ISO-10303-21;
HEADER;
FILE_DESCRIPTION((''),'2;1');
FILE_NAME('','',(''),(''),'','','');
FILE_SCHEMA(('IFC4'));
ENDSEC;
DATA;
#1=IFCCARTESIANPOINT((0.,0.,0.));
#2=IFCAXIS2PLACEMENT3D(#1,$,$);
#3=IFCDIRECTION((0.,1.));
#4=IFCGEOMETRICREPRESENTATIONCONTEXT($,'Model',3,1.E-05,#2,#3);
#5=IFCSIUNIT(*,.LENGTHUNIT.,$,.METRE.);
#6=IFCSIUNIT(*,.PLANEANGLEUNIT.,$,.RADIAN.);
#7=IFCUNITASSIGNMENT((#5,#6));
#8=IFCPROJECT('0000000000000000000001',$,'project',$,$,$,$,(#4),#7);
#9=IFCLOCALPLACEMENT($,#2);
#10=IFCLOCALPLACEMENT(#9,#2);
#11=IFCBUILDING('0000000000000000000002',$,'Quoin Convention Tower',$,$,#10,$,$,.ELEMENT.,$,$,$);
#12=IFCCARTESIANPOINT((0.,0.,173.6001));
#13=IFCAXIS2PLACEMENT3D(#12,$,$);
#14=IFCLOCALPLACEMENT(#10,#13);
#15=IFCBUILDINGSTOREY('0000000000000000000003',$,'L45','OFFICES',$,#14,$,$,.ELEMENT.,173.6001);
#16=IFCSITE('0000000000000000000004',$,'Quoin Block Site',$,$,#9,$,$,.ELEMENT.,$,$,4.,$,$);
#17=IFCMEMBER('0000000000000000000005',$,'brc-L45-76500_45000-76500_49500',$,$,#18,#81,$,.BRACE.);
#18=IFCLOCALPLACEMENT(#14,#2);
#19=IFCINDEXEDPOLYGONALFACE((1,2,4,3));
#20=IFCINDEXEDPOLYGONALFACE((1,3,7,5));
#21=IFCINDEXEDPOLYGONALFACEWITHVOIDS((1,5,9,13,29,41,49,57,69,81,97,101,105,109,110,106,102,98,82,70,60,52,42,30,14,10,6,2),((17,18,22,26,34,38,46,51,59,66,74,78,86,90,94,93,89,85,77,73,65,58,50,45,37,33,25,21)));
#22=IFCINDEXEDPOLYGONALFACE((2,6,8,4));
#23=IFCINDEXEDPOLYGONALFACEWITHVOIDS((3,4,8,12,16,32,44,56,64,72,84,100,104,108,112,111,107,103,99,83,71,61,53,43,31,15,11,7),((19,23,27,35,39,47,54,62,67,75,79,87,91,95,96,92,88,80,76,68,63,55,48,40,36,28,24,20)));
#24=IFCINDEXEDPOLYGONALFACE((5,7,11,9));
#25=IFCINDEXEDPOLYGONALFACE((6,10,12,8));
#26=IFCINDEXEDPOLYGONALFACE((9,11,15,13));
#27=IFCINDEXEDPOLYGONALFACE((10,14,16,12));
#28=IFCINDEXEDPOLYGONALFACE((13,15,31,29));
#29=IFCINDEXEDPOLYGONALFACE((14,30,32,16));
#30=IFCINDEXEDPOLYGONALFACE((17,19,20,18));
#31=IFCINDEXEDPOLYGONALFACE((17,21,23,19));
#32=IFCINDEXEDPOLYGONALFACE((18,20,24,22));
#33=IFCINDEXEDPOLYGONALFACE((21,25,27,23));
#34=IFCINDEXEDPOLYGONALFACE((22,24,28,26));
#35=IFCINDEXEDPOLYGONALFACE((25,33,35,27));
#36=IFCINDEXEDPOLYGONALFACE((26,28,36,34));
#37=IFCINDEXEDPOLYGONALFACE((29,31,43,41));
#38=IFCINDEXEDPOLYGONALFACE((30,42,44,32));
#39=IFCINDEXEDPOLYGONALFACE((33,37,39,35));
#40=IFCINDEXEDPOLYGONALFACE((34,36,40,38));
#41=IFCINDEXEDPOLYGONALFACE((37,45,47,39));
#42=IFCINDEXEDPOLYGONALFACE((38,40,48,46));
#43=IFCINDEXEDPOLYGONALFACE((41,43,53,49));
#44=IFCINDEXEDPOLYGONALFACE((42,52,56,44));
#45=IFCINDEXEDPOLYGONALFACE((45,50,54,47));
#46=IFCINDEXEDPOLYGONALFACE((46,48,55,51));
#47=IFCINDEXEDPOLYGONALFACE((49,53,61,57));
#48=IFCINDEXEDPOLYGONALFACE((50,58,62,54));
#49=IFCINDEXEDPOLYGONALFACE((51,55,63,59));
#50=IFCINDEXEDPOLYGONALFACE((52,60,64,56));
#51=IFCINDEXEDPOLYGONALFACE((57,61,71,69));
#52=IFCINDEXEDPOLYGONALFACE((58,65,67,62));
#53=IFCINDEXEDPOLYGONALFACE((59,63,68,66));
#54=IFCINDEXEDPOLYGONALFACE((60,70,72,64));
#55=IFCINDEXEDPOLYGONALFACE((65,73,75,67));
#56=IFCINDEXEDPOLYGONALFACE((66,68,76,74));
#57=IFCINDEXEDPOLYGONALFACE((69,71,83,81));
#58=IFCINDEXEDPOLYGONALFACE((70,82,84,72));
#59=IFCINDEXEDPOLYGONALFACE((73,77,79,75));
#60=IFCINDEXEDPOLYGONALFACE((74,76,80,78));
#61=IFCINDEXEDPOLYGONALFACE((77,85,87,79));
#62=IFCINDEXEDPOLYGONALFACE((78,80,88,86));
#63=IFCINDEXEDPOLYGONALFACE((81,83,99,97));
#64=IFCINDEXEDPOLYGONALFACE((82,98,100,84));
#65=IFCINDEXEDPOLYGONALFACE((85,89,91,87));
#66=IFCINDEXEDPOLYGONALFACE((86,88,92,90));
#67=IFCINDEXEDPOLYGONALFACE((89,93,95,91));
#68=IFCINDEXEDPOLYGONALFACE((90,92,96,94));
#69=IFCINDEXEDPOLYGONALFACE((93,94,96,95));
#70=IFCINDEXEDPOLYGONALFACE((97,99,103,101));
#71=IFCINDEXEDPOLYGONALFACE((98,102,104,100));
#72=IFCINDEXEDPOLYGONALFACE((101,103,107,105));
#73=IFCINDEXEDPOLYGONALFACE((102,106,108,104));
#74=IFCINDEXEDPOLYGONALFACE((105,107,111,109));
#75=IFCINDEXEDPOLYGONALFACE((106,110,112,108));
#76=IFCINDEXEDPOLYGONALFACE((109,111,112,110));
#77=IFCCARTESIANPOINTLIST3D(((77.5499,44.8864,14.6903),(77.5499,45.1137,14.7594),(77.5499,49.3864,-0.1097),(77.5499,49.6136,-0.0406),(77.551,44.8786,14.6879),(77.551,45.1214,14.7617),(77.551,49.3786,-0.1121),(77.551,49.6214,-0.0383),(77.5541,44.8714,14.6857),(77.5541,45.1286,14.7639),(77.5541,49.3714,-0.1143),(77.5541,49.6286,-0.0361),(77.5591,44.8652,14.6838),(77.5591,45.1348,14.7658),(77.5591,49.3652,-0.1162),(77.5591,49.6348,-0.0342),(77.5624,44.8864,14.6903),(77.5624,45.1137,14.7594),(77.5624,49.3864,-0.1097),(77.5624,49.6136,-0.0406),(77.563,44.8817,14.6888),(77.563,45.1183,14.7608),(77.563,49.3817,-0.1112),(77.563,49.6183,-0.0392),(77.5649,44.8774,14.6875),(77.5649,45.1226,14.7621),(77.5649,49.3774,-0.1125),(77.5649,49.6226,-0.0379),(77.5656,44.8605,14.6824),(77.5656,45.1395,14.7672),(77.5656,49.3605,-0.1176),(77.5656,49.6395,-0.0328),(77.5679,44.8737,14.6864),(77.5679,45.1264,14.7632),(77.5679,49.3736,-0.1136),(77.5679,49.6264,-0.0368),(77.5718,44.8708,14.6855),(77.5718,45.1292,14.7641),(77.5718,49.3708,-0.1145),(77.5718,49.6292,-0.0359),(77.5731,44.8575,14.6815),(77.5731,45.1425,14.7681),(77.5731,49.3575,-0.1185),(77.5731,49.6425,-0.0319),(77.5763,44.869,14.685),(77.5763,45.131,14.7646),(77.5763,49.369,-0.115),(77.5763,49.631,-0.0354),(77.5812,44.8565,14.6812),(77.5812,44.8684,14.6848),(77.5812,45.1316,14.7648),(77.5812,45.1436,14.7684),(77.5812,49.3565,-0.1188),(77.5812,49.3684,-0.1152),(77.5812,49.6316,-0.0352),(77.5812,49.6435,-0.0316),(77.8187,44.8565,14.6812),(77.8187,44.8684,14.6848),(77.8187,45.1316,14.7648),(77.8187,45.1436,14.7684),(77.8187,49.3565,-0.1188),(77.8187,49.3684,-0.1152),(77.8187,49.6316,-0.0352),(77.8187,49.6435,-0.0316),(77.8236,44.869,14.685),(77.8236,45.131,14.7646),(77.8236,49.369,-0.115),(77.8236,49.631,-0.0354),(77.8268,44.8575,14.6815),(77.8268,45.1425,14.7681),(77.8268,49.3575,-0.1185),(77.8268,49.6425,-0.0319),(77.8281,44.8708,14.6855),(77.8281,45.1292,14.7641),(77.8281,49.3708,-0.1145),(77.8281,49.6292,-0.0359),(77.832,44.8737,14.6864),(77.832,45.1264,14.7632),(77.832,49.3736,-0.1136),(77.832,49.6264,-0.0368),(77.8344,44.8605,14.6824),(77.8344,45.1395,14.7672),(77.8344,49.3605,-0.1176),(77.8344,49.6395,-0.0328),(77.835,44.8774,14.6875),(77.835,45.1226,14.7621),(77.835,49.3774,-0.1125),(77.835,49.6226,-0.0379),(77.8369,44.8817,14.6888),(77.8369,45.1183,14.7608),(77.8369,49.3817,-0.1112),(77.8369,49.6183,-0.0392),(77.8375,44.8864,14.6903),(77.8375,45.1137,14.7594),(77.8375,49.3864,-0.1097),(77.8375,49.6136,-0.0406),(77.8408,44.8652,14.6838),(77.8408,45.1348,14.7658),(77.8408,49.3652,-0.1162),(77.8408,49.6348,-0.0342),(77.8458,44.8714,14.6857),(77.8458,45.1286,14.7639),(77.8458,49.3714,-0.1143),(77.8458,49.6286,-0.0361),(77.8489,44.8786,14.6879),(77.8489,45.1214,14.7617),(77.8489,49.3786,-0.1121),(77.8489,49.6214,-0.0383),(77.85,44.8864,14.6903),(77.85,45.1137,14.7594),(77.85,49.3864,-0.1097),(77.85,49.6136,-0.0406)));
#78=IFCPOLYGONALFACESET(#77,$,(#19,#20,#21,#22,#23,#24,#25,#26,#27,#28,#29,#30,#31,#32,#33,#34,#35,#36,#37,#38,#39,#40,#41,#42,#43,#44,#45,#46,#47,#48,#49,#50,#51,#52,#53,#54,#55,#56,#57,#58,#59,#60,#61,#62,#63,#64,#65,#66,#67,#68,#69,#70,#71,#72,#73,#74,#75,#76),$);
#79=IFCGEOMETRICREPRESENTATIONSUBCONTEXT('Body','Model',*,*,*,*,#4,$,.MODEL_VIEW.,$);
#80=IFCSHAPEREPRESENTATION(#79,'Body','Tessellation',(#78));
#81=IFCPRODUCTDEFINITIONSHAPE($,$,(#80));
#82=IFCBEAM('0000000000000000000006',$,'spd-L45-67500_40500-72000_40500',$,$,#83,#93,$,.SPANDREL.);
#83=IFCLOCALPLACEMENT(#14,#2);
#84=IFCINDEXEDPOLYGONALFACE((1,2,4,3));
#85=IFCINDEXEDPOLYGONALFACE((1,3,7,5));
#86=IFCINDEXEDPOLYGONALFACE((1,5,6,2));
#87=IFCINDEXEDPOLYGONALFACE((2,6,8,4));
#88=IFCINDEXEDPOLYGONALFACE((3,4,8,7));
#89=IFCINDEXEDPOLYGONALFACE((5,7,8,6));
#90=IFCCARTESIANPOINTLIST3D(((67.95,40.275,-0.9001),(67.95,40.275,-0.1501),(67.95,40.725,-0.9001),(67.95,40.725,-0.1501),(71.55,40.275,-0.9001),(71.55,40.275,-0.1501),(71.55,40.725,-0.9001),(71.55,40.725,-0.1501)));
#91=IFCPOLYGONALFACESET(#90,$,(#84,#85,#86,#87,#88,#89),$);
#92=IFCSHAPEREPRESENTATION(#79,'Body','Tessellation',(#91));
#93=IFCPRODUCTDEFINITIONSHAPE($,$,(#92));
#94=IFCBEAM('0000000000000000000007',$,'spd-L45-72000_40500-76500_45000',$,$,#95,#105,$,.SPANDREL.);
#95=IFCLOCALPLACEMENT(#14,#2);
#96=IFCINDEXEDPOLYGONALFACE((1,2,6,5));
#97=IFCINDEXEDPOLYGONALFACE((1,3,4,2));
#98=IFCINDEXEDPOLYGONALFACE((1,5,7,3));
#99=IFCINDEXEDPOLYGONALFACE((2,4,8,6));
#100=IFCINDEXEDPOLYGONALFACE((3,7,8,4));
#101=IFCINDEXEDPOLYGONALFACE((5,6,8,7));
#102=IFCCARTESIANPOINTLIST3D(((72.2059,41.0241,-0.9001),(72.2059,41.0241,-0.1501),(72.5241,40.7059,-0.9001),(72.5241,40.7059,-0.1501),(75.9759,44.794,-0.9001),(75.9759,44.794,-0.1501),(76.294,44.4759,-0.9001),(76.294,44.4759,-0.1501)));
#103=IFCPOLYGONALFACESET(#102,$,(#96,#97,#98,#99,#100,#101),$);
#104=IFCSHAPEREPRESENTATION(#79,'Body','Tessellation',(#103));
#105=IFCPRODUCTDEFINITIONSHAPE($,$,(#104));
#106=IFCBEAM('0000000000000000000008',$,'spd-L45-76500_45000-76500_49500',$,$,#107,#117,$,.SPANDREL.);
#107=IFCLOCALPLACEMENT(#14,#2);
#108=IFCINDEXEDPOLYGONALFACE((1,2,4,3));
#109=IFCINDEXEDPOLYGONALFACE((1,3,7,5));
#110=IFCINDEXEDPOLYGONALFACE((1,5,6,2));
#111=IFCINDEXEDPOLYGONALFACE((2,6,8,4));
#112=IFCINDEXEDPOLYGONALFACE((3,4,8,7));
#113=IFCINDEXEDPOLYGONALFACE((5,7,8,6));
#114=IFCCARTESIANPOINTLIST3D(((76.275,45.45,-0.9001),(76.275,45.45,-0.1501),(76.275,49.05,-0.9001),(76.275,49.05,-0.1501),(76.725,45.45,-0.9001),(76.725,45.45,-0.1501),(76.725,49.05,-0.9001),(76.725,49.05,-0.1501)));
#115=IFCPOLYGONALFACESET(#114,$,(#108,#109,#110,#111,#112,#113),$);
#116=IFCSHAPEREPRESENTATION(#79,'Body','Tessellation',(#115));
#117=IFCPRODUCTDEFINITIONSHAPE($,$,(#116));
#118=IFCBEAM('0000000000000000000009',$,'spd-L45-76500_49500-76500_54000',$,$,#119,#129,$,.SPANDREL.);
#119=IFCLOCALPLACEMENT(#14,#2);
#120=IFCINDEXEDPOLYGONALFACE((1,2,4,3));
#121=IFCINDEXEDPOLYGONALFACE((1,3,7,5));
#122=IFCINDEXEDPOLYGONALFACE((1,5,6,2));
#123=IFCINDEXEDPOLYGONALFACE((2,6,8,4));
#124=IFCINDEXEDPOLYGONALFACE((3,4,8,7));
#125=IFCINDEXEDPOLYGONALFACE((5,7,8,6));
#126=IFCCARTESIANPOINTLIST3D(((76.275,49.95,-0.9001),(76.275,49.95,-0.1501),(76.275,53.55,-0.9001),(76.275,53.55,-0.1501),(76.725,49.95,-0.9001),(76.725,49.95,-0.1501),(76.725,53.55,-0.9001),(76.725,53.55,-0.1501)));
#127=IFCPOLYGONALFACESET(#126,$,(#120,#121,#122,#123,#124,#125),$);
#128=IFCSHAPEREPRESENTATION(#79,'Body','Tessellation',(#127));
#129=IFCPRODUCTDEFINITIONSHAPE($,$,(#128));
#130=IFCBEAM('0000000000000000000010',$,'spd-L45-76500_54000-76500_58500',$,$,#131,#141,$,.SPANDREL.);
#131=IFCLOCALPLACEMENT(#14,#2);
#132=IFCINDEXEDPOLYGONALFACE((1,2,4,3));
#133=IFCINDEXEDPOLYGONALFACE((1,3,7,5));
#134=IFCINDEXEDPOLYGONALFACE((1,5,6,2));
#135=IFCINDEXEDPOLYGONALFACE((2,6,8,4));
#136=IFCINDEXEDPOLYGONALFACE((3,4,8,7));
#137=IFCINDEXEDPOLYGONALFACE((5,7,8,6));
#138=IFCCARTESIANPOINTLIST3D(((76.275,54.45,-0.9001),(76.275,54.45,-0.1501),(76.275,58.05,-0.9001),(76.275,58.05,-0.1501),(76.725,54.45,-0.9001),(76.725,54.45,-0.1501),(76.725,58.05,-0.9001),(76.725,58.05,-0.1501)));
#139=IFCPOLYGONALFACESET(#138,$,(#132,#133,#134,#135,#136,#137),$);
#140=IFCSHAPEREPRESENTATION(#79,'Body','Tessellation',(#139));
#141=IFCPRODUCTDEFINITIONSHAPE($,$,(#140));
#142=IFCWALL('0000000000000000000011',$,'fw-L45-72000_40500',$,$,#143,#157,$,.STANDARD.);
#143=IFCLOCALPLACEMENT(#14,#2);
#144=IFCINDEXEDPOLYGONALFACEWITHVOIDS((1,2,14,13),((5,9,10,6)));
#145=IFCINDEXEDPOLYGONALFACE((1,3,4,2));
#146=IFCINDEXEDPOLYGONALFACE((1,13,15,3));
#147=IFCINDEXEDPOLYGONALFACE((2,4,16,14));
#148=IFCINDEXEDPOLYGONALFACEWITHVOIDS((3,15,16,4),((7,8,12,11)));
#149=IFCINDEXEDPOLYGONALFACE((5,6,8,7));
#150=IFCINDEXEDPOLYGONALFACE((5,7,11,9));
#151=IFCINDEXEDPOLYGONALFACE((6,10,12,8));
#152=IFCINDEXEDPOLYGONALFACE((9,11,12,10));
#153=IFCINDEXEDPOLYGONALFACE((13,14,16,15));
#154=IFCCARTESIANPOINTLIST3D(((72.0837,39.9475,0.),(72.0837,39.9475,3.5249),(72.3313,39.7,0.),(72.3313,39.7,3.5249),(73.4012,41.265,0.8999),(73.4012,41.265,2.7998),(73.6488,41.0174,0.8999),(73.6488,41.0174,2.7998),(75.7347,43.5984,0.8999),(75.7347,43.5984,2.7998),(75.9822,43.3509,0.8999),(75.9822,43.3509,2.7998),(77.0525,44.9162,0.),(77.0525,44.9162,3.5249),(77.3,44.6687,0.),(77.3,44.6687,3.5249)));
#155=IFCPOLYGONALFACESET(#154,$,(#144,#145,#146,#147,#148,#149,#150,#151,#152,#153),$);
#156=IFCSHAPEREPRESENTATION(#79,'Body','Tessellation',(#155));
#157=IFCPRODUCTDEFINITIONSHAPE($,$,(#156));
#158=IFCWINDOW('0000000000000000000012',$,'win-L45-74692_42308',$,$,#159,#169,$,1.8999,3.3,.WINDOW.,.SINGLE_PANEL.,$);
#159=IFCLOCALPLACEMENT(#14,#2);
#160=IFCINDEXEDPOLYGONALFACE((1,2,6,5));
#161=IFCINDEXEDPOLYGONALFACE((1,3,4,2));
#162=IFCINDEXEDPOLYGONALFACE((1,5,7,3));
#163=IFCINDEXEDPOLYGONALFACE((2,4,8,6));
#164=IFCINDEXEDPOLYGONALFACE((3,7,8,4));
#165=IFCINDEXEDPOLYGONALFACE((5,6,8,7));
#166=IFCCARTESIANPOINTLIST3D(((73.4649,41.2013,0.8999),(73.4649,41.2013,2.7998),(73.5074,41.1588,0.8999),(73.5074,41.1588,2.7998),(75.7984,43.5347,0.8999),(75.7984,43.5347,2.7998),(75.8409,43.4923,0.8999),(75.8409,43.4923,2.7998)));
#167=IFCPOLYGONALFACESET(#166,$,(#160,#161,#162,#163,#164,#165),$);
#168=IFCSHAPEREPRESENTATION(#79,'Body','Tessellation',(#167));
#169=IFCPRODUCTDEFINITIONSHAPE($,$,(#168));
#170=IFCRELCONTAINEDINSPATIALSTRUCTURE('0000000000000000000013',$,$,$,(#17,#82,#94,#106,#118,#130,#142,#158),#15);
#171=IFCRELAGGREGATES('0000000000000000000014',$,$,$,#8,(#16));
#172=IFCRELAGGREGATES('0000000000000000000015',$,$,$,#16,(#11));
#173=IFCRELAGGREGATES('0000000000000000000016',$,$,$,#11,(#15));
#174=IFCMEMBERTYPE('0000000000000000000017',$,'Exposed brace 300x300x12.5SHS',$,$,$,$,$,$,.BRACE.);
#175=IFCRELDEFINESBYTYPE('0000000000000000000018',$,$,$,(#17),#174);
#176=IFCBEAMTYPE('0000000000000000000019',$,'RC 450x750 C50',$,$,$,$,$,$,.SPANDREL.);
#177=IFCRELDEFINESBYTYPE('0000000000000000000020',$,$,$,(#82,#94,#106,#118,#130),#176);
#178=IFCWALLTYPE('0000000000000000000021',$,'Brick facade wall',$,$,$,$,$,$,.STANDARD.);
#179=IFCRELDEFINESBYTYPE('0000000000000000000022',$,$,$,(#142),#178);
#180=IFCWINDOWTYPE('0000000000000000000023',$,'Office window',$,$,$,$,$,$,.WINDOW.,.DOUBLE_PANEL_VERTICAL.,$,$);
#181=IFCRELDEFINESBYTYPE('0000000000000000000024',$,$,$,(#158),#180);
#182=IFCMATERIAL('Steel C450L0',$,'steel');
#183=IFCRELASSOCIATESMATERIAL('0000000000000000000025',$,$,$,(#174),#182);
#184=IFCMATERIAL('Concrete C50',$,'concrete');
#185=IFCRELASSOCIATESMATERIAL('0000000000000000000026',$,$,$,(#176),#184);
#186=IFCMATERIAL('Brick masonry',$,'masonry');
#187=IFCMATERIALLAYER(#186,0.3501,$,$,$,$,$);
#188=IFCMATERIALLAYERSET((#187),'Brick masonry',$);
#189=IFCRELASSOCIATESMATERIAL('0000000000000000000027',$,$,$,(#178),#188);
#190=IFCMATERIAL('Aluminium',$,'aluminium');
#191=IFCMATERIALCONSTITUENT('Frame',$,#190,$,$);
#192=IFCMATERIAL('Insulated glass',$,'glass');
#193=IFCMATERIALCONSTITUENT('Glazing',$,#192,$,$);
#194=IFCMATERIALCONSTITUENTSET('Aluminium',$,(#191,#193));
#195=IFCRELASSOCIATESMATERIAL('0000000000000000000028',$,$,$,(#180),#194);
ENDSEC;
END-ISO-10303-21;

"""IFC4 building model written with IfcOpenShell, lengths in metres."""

from ifc_helpers import new_model, si_unit, direction, frame, frame_2d, origin, origin_2d, place, context, subcontext, project, spatial, rectangle, hollow_rectangle, extrude, material, layer, layer_set, constituent, constituent_set, material_profile, profile_set, type_object, element, fill, save


model = new_model("IFC4")

# Units and contexts
model_context = context("Model", 3, precision=1e-05, world=origin(), true_north=direction((0.0, 1.0)))
body_context = subcontext(model_context, "Body", "Model", "MODEL_VIEW")
ifc_project = project(units=[si_unit("LENGTHUNIT", "METRE"), si_unit("PLANEANGLEUNIT", "RADIAN")], contexts=[model_context])

# Site, building, storey
site_placement = place(None, origin())
site = spatial("IfcSite", under=ifc_project, at=site_placement, Name="Quoin Block Site", CompositionType="ELEMENT", RefElevation=4.0)
building_placement = place(site_placement, origin())
building = spatial("IfcBuilding", under=site, at=building_placement, Name="Quoin Convention Tower", CompositionType="ELEMENT")
storey_placement = place(building_placement, frame((0.0, 0.0, 173.6001)))
storey = spatial("IfcBuildingStorey", under=building, at=storey_placement, Name="L45", Description="OFFICES", CompositionType="ELEMENT", Elevation=173.6001)

# Shared definitions
ifc_material_1 = material(Name="Concrete C50", Category="concrete")

# Member
ifc_material_2 = material(Name="Steel C450L0", Category="steel")
ifc_material_profile_1 = material_profile(ifc_material_2, hollow_rectangle(XDim=0.3, YDim=0.3, WallThickness=0.0125, InnerFilletRadius=0.0188, OuterFilletRadius=0.0312, at=origin_2d()), Name="300x300x12.5SHS")
ifc_profile_set_1 = profile_set([ifc_material_profile_1], Name="Steel C450L0")
member_type = type_object("IfcMemberType", Name="Exposed brace 300x300x12.5SHS", PredefinedType="BRACE", material=ifc_profile_set_1)
member_placement = place(storey_placement, frame((77.7, 49.5, -0.0752), z_axis=(0.0, -0.290903, 0.956752), x_axis=(1.0, 0.0, 0.0)))
element("IfcMember", 1, at=member_placement, inside=storey, type_object=member_type, Name="brc-L45-76500_45000-76500_49500", PredefinedType="BRACE", context=body_context, shape_type="SweptSolid", body=[
    extrude(hollow_rectangle(XDim=0.3, YDim=0.3, WallThickness=0.0125, InnerFilletRadius=0.0188, OuterFilletRadius=0.0312, at=origin_2d()), origin(), (0.0, 0.0, 1.0), 15.469),
])

# Beams
ifc_material_profile_2 = material_profile(ifc_material_1, rectangle(XDim=0.45, YDim=0.75, at=origin_2d()), Name="RC 450x750")
ifc_profile_set_2 = profile_set([ifc_material_profile_2], Name="Concrete C50")
beam_type_1 = type_object("IfcBeamType", Name="RC 450x750 C50", PredefinedType="SPANDREL", material=ifc_profile_set_2)
beam_1_placement = place(storey_placement, frame((67.95, 40.5, -0.5251), z_axis=(1.0, 0.0, 0.0), x_axis=(0.0, 1.0, 0.0)))
element("IfcBeam", 2, at=beam_1_placement, inside=storey, type_object=beam_type_1, Name="spd-L45-67500_40500-72000_40500", PredefinedType="SPANDREL", context=body_context, shape_type="SweptSolid", body=[
    extrude(rectangle(XDim=0.45, YDim=0.75, at=origin_2d()), origin(), (0.0, 0.0, 1.0), 3.6001),
])
beam_2_placement = place(storey_placement, frame((72.365, 40.865, -0.5251), z_axis=(0.707107, 0.707107, 0.0), x_axis=(-0.707107, 0.707107, 0.0)))
element("IfcBeam", 3, at=beam_2_placement, inside=storey, type_object=beam_type_1, Name="spd-L45-72000_40500-76500_45000", PredefinedType="SPANDREL", context=body_context, shape_type="SweptSolid", body=[
    extrude(rectangle(XDim=0.45, YDim=0.75, at=origin_2d()), origin(), (0.0, 0.0, 1.0), 5.3315),
])
for number, where, z_axis, x_axis, name in (
    (4, (76.5, 45.45, -0.5251), (0.0, 1.0, 0.0), (-1.0, 0.0, 0.0), "spd-L45-76500_45000-76500_49500"),
    (5, (76.5, 49.95, -0.5251), (0.0, 1.0, 0.0), (-1.0, 0.0, 0.0), "spd-L45-76500_49500-76500_54000"),
    (6, (76.5, 54.45, -0.5251), (0.0, 1.0, 0.0), (-1.0, 0.0, 0.0), "spd-L45-76500_54000-76500_58500"),
):
    element("IfcBeam", number, at=place(storey_placement, frame(where, z_axis=z_axis, x_axis=x_axis)), inside=storey, type_object=beam_type_1, Name=name, PredefinedType="SPANDREL", context=body_context, shape_type="SweptSolid", body=[
        extrude(rectangle(XDim=0.45, YDim=0.75, at=origin_2d()), origin(), (0.0, 0.0, 1.0), 3.6001),
    ])

# Wall, opening, window
ifc_material_3 = material(Name="Brick masonry", Category="masonry")
ifc_layer_1 = layer(ifc_material_3, 0.3501)
ifc_layer_set_1 = layer_set([ifc_layer_1], Name="Brick masonry")
wall_type_1 = type_object("IfcWallType", Name="Brick facade wall", PredefinedType="STANDARD", material=ifc_layer_set_1)
wall_1_placement = place(storey_placement, frame((72.2075, 39.8237, 0.0), z_axis=(0.0, 0.0, 1.0), x_axis=(0.707107, 0.707107, 0.0)))
wall_1 = element("IfcWall", 7, at=wall_1_placement, inside=storey, type_object=wall_type_1, Name="fw-L45-72000_40500", PredefinedType="STANDARD", context=body_context, shape_type="SweptSolid", body=[
    extrude(rectangle(XDim=7.0269, YDim=0.3501, at=frame_2d((3.5134, 0.0))), origin(), (0.0, 0.0, 1.0), 3.5249),
])
opening_1_placement = place(wall_1_placement, frame((1.8633, 0.0, 0.8999)))
opening_1 = element("IfcOpeningElement", 8, at=opening_1_placement, cuts=wall_1, PredefinedType="OPENING", context=body_context, shape_type="SweptSolid", body=[
    extrude(rectangle(XDim=3.3, YDim=1.8999, at=frame_2d((1.6499, 0.95))), frame((0.0, 0.1851, 0.0), z_axis=(0.0, -1.0, 0.0), x_axis=(1.0, 0.0, 0.0)), (0.0, 0.0, 1.0), 0.3701),
])
ifc_material_4 = material(Name="Aluminium", Category="aluminium")
ifc_constituent_1 = constituent(ifc_material_4, Name="Frame")
ifc_material_5 = material(Name="Insulated glass", Category="glass")
ifc_constituent_2 = constituent(ifc_material_5, Name="Glazing")
ifc_constituent_set = constituent_set(constituents=[ifc_constituent_1, ifc_constituent_2], Name="Aluminium")
window_type = type_object("IfcWindowType", Name="Office window", PartitioningType="DOUBLE_PANEL_VERTICAL", PredefinedType="WINDOW", material=ifc_constituent_set)
window_1_placement = place(opening_1_placement, origin())
window_1 = element("IfcWindow", 9, at=window_1_placement, inside=storey, type_object=window_type, Name="win-L45-74692_42308", OverallHeight=1.8999, OverallWidth=3.3, PartitioningType="SINGLE_PANEL", PredefinedType="WINDOW", context=body_context, shape_type="SweptSolid", body=[
    extrude(rectangle(XDim=3.3, YDim=1.8999, at=frame_2d((1.6499, 0.95))), frame((0.0, 0.085, 0.0), z_axis=(0.0, -1.0, 0.0), x_axis=(1.0, 0.0, 0.0)), (0.0, 0.0, 1.0), 0.0601),
])
fill(opening_1, window_1)

save(model, "model.ifc")
